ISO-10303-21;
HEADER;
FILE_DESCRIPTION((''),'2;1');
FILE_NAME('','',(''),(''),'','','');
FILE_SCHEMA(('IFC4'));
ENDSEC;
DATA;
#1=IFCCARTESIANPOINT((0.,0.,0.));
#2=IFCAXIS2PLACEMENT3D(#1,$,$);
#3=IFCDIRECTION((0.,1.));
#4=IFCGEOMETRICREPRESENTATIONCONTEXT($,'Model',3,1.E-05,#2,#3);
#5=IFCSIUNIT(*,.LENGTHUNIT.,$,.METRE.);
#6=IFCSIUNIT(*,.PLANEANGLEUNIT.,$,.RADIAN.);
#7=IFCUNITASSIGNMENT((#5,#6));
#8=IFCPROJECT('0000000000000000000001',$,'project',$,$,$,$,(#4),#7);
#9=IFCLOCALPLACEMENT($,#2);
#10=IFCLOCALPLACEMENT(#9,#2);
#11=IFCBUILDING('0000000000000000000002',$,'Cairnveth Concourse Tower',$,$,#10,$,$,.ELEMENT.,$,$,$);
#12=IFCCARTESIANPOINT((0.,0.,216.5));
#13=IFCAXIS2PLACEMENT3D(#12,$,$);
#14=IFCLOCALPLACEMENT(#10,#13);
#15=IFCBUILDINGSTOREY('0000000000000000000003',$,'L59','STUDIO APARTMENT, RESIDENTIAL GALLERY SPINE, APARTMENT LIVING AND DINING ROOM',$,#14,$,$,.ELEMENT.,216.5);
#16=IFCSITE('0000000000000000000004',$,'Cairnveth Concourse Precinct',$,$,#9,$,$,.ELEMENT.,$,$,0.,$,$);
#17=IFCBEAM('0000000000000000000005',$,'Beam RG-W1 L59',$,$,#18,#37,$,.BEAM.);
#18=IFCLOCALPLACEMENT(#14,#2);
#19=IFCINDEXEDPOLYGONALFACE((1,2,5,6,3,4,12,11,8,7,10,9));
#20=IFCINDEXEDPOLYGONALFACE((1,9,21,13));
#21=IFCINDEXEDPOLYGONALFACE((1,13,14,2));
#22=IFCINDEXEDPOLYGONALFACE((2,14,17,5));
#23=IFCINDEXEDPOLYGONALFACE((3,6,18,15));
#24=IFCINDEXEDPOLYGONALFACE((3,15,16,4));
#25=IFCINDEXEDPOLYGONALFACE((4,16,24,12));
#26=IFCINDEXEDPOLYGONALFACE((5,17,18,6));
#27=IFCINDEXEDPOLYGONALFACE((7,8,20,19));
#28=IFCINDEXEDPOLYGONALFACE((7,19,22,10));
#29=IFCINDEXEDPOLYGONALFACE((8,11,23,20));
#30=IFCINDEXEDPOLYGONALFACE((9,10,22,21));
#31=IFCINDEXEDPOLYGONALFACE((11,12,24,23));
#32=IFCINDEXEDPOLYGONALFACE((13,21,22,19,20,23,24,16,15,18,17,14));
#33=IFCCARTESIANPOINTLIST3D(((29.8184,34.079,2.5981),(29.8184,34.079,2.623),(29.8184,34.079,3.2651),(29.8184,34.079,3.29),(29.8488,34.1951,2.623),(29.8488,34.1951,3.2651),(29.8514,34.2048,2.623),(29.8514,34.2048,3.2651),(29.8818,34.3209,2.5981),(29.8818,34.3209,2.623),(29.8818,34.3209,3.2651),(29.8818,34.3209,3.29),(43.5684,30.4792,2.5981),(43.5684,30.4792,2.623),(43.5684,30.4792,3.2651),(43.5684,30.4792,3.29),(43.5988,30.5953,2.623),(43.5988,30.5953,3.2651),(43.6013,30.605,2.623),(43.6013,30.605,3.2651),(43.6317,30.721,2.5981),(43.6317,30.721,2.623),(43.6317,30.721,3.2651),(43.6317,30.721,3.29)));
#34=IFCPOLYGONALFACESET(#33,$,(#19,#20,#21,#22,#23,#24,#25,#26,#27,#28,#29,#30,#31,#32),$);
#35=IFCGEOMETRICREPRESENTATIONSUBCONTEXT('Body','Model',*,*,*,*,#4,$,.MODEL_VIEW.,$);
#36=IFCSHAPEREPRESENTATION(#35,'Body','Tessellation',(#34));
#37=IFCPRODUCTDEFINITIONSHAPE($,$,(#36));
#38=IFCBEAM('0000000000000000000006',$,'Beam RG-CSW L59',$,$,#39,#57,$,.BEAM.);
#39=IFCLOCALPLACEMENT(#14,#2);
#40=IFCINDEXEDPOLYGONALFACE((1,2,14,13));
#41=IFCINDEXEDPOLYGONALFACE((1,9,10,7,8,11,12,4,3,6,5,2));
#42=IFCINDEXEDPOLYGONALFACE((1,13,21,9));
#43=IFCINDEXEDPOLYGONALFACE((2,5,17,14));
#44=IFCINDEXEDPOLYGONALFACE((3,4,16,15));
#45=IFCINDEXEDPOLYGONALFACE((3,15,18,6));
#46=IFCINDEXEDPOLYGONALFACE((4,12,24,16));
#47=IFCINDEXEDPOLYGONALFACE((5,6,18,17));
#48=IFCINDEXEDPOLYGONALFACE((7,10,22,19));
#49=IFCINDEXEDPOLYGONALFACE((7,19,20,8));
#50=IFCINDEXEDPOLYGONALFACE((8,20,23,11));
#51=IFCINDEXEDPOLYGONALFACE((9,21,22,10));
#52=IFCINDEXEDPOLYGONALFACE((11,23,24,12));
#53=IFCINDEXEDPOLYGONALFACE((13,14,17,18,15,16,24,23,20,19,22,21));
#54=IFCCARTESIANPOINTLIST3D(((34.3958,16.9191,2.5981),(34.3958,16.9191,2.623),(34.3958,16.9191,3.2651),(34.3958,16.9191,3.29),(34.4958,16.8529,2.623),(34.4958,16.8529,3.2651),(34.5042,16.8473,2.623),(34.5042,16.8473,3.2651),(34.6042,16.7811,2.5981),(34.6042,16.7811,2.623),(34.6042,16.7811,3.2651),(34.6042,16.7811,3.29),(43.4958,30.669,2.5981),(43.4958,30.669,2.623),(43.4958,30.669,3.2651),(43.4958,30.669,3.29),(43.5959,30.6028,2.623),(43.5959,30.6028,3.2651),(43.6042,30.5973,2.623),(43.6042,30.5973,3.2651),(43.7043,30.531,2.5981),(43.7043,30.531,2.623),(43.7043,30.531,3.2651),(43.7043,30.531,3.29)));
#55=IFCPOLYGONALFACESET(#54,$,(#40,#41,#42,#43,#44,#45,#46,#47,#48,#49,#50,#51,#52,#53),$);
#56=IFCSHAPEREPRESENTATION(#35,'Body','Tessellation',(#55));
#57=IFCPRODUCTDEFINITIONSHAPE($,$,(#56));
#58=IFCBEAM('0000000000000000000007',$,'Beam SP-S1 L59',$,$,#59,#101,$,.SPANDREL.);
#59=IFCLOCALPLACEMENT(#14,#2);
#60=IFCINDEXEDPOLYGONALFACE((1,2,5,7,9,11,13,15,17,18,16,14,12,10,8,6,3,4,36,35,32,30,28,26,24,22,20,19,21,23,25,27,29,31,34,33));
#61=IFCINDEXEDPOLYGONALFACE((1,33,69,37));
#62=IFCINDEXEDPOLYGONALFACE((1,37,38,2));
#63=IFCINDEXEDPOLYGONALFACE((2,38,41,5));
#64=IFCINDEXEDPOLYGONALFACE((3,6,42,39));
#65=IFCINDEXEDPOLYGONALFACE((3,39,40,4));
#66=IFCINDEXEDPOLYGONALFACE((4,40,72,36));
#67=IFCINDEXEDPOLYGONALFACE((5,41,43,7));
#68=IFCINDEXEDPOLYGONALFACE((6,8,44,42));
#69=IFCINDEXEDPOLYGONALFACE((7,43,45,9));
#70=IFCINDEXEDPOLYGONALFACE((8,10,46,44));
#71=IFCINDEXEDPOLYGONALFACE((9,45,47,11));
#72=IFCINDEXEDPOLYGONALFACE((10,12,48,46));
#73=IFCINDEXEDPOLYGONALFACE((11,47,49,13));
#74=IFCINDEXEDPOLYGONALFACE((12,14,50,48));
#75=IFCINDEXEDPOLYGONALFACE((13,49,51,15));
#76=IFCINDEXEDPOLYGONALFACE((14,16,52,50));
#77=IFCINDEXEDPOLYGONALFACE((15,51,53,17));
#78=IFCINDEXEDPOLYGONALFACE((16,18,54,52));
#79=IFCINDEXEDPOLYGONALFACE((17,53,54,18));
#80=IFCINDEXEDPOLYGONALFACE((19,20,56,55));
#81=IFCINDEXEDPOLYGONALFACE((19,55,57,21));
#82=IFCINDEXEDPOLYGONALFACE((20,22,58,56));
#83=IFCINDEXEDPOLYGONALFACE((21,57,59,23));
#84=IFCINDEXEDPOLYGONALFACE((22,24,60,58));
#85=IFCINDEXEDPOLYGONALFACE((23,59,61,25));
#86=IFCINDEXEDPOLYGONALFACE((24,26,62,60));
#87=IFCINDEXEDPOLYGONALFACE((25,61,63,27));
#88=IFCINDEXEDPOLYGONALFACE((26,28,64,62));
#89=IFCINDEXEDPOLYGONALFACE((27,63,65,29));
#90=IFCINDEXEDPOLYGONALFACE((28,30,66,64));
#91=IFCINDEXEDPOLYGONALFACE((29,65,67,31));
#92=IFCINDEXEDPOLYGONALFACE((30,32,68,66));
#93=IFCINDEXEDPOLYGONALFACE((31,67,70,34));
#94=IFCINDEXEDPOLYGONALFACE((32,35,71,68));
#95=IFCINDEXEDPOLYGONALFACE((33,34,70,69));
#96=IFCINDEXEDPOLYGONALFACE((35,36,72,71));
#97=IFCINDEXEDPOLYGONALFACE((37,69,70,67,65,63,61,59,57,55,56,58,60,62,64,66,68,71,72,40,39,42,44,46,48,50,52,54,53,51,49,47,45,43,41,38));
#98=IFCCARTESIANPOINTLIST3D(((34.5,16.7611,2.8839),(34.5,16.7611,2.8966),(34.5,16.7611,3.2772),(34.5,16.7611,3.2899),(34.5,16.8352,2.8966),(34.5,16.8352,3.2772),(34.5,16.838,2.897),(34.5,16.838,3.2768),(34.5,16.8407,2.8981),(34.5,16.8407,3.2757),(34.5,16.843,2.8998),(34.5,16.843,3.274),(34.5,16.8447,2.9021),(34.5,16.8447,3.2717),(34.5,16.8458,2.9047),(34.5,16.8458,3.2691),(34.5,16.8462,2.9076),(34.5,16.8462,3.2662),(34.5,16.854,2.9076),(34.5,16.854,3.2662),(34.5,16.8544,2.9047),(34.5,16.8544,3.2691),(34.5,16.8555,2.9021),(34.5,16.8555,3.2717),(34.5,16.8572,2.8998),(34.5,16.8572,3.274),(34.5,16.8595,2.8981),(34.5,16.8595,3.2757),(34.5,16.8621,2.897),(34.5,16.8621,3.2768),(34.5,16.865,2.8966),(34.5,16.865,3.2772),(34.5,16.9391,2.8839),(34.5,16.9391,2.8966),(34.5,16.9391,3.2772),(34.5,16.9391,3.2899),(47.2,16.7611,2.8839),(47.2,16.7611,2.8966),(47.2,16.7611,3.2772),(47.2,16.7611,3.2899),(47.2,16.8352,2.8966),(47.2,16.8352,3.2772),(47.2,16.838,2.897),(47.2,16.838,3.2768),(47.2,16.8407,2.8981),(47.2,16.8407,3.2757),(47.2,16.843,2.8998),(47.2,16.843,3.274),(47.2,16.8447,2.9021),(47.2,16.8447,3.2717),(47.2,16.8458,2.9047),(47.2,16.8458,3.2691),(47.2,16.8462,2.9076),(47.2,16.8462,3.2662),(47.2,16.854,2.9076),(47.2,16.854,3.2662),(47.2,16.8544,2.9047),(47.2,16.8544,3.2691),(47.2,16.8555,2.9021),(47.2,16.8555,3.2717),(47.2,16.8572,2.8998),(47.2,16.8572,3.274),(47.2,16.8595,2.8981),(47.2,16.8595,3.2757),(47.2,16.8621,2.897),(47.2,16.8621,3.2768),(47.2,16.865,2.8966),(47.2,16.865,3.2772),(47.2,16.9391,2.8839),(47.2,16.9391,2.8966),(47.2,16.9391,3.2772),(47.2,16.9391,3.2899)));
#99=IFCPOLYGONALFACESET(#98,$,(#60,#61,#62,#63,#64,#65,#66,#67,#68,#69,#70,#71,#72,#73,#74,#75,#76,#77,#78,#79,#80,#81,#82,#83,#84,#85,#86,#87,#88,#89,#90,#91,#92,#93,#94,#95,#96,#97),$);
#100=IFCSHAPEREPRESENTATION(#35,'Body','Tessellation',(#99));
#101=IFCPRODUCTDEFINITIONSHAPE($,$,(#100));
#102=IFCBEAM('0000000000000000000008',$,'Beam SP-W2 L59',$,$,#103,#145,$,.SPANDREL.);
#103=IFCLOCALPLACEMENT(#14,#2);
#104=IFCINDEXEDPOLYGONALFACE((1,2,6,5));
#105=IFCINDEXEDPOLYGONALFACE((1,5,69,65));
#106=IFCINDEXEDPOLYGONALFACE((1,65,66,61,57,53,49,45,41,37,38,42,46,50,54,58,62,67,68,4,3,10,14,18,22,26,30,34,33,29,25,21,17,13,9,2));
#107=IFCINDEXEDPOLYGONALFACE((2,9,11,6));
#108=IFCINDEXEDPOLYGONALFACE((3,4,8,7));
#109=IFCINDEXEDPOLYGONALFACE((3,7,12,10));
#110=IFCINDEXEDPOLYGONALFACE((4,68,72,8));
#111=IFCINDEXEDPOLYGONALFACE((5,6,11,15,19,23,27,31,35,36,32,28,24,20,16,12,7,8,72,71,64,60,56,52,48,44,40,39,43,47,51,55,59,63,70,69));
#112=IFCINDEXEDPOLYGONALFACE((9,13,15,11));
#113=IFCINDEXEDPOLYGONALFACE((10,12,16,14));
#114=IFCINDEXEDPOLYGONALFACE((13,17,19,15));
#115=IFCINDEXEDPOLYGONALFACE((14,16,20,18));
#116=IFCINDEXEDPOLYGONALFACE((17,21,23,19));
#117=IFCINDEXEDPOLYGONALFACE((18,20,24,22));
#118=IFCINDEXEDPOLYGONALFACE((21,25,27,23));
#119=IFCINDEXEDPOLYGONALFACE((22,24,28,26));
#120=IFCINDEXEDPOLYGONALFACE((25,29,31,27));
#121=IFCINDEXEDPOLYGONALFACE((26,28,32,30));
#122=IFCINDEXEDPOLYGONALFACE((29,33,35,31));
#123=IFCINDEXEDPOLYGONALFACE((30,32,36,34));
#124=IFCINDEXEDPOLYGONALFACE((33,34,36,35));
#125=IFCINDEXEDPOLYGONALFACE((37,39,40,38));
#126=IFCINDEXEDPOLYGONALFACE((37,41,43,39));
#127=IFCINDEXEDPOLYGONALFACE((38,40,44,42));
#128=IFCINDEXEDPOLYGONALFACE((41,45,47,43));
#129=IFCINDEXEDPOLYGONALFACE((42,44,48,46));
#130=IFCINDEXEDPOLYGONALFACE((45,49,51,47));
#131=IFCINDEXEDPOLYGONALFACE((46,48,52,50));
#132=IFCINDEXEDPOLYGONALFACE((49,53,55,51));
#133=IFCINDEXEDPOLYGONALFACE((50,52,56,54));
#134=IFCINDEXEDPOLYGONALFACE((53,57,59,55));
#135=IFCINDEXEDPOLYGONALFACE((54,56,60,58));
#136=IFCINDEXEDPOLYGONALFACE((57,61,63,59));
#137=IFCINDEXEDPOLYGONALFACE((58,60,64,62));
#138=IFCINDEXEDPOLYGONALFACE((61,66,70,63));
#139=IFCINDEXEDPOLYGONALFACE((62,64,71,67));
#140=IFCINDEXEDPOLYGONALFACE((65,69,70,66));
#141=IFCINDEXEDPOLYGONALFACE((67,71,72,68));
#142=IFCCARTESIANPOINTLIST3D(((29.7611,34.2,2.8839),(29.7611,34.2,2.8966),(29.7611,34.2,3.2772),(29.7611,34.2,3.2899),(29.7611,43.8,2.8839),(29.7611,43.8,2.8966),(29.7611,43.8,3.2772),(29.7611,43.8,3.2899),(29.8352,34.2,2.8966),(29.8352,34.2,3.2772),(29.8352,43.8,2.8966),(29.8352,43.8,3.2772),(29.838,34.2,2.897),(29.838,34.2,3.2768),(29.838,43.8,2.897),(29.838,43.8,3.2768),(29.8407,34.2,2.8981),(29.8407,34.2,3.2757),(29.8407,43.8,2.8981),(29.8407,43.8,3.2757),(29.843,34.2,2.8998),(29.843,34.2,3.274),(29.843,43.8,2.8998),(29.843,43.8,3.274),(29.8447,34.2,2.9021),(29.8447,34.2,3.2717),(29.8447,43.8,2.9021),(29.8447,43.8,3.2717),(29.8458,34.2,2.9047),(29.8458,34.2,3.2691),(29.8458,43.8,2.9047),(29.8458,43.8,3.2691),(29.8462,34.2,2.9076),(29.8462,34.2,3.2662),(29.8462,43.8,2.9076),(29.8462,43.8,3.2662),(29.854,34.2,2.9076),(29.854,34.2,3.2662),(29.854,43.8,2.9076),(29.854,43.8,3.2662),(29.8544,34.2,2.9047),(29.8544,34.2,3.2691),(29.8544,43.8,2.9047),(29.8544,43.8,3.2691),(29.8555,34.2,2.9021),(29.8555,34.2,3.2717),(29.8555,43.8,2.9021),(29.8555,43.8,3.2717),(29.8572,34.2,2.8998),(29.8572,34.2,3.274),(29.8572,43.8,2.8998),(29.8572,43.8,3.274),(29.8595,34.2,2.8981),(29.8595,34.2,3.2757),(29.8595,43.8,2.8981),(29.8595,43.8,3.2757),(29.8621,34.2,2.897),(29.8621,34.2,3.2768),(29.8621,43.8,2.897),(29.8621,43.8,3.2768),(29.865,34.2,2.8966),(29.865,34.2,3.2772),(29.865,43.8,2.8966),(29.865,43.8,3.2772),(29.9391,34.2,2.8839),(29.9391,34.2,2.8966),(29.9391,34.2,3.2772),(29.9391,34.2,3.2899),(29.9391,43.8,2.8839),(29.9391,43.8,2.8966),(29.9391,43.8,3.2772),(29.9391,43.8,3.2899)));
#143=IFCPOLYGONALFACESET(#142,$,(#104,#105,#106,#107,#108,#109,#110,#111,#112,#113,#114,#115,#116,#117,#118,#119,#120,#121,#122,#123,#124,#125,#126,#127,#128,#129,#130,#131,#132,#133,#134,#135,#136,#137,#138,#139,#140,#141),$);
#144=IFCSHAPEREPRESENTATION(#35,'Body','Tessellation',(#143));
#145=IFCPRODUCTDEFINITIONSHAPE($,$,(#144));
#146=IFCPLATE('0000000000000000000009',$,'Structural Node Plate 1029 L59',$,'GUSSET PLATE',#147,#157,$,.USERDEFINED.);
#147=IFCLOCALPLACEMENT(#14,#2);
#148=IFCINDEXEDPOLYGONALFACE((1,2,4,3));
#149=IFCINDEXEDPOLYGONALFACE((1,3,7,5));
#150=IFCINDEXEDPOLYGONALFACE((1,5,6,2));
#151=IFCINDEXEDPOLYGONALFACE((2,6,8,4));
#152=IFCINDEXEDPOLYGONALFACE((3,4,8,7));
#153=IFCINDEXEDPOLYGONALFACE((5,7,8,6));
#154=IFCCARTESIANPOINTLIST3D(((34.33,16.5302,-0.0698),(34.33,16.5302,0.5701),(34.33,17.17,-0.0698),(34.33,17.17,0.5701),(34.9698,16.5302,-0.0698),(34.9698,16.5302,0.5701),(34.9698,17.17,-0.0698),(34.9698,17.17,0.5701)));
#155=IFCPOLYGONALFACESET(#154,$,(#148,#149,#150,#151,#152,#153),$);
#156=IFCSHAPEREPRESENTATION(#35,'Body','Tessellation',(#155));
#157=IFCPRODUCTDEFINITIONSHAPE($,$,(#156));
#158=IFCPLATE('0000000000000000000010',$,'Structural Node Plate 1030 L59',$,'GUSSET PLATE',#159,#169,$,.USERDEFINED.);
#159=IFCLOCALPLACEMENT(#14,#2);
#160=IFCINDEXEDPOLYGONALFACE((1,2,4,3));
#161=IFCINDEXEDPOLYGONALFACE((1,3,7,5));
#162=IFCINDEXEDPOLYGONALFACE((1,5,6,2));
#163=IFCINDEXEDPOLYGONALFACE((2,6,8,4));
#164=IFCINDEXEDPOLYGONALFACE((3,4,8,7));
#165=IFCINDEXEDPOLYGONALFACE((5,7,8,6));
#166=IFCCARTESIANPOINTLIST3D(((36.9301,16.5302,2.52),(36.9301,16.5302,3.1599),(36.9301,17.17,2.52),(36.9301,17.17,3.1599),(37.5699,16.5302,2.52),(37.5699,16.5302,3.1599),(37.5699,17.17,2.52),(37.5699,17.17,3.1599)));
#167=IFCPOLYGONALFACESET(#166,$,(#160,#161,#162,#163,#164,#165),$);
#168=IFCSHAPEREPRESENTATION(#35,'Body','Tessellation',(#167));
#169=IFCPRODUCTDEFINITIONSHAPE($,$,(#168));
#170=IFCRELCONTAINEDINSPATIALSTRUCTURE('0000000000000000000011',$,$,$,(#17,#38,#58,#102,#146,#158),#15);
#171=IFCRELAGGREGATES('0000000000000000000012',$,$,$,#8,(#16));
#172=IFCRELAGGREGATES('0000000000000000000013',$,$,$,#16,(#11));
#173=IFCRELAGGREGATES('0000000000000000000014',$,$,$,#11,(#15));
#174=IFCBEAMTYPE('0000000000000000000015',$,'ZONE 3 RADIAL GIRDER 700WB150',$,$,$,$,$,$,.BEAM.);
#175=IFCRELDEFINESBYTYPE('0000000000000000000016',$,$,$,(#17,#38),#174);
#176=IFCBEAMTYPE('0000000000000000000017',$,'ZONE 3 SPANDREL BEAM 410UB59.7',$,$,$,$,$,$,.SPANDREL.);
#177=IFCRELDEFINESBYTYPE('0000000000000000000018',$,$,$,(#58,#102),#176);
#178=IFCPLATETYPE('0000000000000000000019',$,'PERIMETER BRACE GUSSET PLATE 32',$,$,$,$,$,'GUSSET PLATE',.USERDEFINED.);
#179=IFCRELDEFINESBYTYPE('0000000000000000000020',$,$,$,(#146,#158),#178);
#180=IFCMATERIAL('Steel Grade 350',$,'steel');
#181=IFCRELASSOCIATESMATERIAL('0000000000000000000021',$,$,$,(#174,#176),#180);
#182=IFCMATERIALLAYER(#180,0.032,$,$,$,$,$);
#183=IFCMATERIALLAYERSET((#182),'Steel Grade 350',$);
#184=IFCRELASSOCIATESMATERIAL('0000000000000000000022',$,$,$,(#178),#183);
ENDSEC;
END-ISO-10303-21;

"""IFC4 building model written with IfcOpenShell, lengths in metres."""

from ifc_helpers import new_model, si_unit, direction, frame, origin, origin_2d, place, context, subcontext, project, spatial, rectangle, i_section, extrude, material, layer, layer_set, material_profile, profile_set, type_object, element, save


model = new_model("IFC4")

# Units and contexts
model_context = context("Model", 3, precision=1e-05, world=origin(), true_north=direction((0.0, 1.0)))
body_context = subcontext(model_context, "Body", "Model", "MODEL_VIEW")
ifc_project = project(units=[si_unit("LENGTHUNIT", "METRE"), si_unit("PLANEANGLEUNIT", "RADIAN")], contexts=[model_context])

# Site, building, storey
site_placement = place(None, origin())
site = spatial("IfcSite", under=ifc_project, at=site_placement, Name="Cairnveth Concourse Precinct", CompositionType="ELEMENT", RefElevation=0.0)
building_placement = place(site_placement, origin())
building = spatial("IfcBuilding", under=site, at=building_placement, Name="Cairnveth Concourse Tower", CompositionType="ELEMENT")
storey_placement = place(building_placement, frame((0.0, 0.0, 216.5)))
storey = spatial("IfcBuildingStorey", under=building, at=storey_placement, Name="L59", Description="STUDIO APARTMENT, RESIDENTIAL GALLERY SPINE, APARTMENT LIVING AND DINING ROOM", CompositionType="ELEMENT", Elevation=216.5)

# Shared definitions
ifc_material_1 = material(Name="Steel Grade 350", Category="steel")

# Beams
ifc_material_profile_1 = material_profile(ifc_material_1, i_section(OverallWidth=0.25, OverallDepth=0.6919, WebThickness=0.01, FlangeThickness=0.0249, at=origin_2d()), Name="700WB150")
ifc_profile_set_1 = profile_set([ifc_material_profile_1], Name="Steel Grade 350")
beam_type_1 = type_object("IfcBeamType", Name="ZONE 3 RADIAL GIRDER 700WB150", PredefinedType="BEAM", material=ifc_profile_set_1)
beam_1_placement = place(storey_placement, frame((29.8501, 34.2, 2.9441), z_axis=(0.967395, -0.253271, 0.0), x_axis=(0.253271, 0.967395, 0.0)))
element("IfcBeam", 1, at=beam_1_placement, inside=storey, type_object=beam_type_1, Name="Beam RG-W1 L59", PredefinedType="BEAM", context=body_context, shape_type="SweptSolid", body=[
    extrude(i_section(OverallWidth=0.25, OverallDepth=0.6919, WebThickness=0.01, FlangeThickness=0.0249, at=origin_2d()), origin(), (0.0, 0.0, 1.0), 14.2134),
])
beam_2_placement = place(storey_placement, frame((34.5, 16.8501, 2.9441), z_axis=(0.551902, 0.833909, 0.0), x_axis=(-0.833909, 0.551902, 0.0)))
element("IfcBeam", 2, at=beam_2_placement, inside=storey, type_object=beam_type_1, Name="Beam RG-CSW L59", PredefinedType="BEAM", context=body_context, shape_type="SweptSolid", body=[
    extrude(i_section(OverallWidth=0.25, OverallDepth=0.6919, WebThickness=0.01, FlangeThickness=0.0249, at=origin_2d()), origin(), (0.0, 0.0, 1.0), 16.4885),
])
ifc_material_profile_2 = material_profile(ifc_material_1, i_section(OverallWidth=0.178, OverallDepth=0.406, WebThickness=0.0078, FlangeThickness=0.0127, FilletRadius=0.011, at=origin_2d()), Name="410UB59.7")
ifc_profile_set_2 = profile_set([ifc_material_profile_2], Name="Steel Grade 350")
beam_type_2 = type_object("IfcBeamType", Name="ZONE 3 SPANDREL BEAM 410UB59.7", PredefinedType="SPANDREL", material=ifc_profile_set_2)
beam_3_placement = place(storey_placement, frame((34.5, 16.8501, 3.0869), z_axis=(1.0, 0.0, 0.0), x_axis=(0.0, 1.0, 0.0)))
element("IfcBeam", 3, at=beam_3_placement, inside=storey, type_object=beam_type_2, Name="Beam SP-S1 L59", PredefinedType="SPANDREL", context=body_context, shape_type="SweptSolid", body=[
    extrude(i_section(OverallWidth=0.178, OverallDepth=0.406, WebThickness=0.0078, FlangeThickness=0.0127, FilletRadius=0.011, at=origin_2d()), origin(), (0.0, 0.0, 1.0), 12.7),
])
beam_4_placement = place(storey_placement, frame((29.8501, 34.2, 3.0869), z_axis=(0.0, 1.0, 0.0), x_axis=(-1.0, 0.0, 0.0)))
element("IfcBeam", 4, at=beam_4_placement, inside=storey, type_object=beam_type_2, Name="Beam SP-W2 L59", PredefinedType="SPANDREL", context=body_context, shape_type="SweptSolid", body=[
    extrude(i_section(OverallWidth=0.178, OverallDepth=0.406, WebThickness=0.0078, FlangeThickness=0.0127, FilletRadius=0.011, at=origin_2d()), origin(), (0.0, 0.0, 1.0), 9.6001),
])

# Plates
ifc_layer_1 = layer(ifc_material_1, 0.032)
ifc_layer_set_1 = layer_set([ifc_layer_1], Name="Steel Grade 350")
plate_type = type_object("IfcPlateType", Name="PERIMETER BRACE GUSSET PLATE 32", ElementType="GUSSET PLATE", PredefinedType="USERDEFINED", material=ifc_layer_set_1)
for number, where, z_axis, x_axis, name in (
    (5, (34.6499, 16.8501, -0.0698), (0.0, 0.0, 1.0), (1.0, 0.0, 0.0), "Structural Node Plate 1029 L59"),
    (6, (37.25, 16.8501, 2.52), (0.0, 0.0, 1.0), (1.0, 0.0, 0.0), "Structural Node Plate 1030 L59"),
):
    element("IfcPlate", number, at=place(storey_placement, frame(where, z_axis=z_axis, x_axis=x_axis)), inside=storey, type_object=plate_type, Name=name, ObjectType="GUSSET PLATE", PredefinedType="USERDEFINED", context=body_context, shape_type="SweptSolid", body=[
        extrude(rectangle(XDim=0.6399, YDim=0.6399, at=origin_2d()), origin(), (0.0, 0.0, 1.0), 0.6399),
    ])

save(model, "model.ifc")
